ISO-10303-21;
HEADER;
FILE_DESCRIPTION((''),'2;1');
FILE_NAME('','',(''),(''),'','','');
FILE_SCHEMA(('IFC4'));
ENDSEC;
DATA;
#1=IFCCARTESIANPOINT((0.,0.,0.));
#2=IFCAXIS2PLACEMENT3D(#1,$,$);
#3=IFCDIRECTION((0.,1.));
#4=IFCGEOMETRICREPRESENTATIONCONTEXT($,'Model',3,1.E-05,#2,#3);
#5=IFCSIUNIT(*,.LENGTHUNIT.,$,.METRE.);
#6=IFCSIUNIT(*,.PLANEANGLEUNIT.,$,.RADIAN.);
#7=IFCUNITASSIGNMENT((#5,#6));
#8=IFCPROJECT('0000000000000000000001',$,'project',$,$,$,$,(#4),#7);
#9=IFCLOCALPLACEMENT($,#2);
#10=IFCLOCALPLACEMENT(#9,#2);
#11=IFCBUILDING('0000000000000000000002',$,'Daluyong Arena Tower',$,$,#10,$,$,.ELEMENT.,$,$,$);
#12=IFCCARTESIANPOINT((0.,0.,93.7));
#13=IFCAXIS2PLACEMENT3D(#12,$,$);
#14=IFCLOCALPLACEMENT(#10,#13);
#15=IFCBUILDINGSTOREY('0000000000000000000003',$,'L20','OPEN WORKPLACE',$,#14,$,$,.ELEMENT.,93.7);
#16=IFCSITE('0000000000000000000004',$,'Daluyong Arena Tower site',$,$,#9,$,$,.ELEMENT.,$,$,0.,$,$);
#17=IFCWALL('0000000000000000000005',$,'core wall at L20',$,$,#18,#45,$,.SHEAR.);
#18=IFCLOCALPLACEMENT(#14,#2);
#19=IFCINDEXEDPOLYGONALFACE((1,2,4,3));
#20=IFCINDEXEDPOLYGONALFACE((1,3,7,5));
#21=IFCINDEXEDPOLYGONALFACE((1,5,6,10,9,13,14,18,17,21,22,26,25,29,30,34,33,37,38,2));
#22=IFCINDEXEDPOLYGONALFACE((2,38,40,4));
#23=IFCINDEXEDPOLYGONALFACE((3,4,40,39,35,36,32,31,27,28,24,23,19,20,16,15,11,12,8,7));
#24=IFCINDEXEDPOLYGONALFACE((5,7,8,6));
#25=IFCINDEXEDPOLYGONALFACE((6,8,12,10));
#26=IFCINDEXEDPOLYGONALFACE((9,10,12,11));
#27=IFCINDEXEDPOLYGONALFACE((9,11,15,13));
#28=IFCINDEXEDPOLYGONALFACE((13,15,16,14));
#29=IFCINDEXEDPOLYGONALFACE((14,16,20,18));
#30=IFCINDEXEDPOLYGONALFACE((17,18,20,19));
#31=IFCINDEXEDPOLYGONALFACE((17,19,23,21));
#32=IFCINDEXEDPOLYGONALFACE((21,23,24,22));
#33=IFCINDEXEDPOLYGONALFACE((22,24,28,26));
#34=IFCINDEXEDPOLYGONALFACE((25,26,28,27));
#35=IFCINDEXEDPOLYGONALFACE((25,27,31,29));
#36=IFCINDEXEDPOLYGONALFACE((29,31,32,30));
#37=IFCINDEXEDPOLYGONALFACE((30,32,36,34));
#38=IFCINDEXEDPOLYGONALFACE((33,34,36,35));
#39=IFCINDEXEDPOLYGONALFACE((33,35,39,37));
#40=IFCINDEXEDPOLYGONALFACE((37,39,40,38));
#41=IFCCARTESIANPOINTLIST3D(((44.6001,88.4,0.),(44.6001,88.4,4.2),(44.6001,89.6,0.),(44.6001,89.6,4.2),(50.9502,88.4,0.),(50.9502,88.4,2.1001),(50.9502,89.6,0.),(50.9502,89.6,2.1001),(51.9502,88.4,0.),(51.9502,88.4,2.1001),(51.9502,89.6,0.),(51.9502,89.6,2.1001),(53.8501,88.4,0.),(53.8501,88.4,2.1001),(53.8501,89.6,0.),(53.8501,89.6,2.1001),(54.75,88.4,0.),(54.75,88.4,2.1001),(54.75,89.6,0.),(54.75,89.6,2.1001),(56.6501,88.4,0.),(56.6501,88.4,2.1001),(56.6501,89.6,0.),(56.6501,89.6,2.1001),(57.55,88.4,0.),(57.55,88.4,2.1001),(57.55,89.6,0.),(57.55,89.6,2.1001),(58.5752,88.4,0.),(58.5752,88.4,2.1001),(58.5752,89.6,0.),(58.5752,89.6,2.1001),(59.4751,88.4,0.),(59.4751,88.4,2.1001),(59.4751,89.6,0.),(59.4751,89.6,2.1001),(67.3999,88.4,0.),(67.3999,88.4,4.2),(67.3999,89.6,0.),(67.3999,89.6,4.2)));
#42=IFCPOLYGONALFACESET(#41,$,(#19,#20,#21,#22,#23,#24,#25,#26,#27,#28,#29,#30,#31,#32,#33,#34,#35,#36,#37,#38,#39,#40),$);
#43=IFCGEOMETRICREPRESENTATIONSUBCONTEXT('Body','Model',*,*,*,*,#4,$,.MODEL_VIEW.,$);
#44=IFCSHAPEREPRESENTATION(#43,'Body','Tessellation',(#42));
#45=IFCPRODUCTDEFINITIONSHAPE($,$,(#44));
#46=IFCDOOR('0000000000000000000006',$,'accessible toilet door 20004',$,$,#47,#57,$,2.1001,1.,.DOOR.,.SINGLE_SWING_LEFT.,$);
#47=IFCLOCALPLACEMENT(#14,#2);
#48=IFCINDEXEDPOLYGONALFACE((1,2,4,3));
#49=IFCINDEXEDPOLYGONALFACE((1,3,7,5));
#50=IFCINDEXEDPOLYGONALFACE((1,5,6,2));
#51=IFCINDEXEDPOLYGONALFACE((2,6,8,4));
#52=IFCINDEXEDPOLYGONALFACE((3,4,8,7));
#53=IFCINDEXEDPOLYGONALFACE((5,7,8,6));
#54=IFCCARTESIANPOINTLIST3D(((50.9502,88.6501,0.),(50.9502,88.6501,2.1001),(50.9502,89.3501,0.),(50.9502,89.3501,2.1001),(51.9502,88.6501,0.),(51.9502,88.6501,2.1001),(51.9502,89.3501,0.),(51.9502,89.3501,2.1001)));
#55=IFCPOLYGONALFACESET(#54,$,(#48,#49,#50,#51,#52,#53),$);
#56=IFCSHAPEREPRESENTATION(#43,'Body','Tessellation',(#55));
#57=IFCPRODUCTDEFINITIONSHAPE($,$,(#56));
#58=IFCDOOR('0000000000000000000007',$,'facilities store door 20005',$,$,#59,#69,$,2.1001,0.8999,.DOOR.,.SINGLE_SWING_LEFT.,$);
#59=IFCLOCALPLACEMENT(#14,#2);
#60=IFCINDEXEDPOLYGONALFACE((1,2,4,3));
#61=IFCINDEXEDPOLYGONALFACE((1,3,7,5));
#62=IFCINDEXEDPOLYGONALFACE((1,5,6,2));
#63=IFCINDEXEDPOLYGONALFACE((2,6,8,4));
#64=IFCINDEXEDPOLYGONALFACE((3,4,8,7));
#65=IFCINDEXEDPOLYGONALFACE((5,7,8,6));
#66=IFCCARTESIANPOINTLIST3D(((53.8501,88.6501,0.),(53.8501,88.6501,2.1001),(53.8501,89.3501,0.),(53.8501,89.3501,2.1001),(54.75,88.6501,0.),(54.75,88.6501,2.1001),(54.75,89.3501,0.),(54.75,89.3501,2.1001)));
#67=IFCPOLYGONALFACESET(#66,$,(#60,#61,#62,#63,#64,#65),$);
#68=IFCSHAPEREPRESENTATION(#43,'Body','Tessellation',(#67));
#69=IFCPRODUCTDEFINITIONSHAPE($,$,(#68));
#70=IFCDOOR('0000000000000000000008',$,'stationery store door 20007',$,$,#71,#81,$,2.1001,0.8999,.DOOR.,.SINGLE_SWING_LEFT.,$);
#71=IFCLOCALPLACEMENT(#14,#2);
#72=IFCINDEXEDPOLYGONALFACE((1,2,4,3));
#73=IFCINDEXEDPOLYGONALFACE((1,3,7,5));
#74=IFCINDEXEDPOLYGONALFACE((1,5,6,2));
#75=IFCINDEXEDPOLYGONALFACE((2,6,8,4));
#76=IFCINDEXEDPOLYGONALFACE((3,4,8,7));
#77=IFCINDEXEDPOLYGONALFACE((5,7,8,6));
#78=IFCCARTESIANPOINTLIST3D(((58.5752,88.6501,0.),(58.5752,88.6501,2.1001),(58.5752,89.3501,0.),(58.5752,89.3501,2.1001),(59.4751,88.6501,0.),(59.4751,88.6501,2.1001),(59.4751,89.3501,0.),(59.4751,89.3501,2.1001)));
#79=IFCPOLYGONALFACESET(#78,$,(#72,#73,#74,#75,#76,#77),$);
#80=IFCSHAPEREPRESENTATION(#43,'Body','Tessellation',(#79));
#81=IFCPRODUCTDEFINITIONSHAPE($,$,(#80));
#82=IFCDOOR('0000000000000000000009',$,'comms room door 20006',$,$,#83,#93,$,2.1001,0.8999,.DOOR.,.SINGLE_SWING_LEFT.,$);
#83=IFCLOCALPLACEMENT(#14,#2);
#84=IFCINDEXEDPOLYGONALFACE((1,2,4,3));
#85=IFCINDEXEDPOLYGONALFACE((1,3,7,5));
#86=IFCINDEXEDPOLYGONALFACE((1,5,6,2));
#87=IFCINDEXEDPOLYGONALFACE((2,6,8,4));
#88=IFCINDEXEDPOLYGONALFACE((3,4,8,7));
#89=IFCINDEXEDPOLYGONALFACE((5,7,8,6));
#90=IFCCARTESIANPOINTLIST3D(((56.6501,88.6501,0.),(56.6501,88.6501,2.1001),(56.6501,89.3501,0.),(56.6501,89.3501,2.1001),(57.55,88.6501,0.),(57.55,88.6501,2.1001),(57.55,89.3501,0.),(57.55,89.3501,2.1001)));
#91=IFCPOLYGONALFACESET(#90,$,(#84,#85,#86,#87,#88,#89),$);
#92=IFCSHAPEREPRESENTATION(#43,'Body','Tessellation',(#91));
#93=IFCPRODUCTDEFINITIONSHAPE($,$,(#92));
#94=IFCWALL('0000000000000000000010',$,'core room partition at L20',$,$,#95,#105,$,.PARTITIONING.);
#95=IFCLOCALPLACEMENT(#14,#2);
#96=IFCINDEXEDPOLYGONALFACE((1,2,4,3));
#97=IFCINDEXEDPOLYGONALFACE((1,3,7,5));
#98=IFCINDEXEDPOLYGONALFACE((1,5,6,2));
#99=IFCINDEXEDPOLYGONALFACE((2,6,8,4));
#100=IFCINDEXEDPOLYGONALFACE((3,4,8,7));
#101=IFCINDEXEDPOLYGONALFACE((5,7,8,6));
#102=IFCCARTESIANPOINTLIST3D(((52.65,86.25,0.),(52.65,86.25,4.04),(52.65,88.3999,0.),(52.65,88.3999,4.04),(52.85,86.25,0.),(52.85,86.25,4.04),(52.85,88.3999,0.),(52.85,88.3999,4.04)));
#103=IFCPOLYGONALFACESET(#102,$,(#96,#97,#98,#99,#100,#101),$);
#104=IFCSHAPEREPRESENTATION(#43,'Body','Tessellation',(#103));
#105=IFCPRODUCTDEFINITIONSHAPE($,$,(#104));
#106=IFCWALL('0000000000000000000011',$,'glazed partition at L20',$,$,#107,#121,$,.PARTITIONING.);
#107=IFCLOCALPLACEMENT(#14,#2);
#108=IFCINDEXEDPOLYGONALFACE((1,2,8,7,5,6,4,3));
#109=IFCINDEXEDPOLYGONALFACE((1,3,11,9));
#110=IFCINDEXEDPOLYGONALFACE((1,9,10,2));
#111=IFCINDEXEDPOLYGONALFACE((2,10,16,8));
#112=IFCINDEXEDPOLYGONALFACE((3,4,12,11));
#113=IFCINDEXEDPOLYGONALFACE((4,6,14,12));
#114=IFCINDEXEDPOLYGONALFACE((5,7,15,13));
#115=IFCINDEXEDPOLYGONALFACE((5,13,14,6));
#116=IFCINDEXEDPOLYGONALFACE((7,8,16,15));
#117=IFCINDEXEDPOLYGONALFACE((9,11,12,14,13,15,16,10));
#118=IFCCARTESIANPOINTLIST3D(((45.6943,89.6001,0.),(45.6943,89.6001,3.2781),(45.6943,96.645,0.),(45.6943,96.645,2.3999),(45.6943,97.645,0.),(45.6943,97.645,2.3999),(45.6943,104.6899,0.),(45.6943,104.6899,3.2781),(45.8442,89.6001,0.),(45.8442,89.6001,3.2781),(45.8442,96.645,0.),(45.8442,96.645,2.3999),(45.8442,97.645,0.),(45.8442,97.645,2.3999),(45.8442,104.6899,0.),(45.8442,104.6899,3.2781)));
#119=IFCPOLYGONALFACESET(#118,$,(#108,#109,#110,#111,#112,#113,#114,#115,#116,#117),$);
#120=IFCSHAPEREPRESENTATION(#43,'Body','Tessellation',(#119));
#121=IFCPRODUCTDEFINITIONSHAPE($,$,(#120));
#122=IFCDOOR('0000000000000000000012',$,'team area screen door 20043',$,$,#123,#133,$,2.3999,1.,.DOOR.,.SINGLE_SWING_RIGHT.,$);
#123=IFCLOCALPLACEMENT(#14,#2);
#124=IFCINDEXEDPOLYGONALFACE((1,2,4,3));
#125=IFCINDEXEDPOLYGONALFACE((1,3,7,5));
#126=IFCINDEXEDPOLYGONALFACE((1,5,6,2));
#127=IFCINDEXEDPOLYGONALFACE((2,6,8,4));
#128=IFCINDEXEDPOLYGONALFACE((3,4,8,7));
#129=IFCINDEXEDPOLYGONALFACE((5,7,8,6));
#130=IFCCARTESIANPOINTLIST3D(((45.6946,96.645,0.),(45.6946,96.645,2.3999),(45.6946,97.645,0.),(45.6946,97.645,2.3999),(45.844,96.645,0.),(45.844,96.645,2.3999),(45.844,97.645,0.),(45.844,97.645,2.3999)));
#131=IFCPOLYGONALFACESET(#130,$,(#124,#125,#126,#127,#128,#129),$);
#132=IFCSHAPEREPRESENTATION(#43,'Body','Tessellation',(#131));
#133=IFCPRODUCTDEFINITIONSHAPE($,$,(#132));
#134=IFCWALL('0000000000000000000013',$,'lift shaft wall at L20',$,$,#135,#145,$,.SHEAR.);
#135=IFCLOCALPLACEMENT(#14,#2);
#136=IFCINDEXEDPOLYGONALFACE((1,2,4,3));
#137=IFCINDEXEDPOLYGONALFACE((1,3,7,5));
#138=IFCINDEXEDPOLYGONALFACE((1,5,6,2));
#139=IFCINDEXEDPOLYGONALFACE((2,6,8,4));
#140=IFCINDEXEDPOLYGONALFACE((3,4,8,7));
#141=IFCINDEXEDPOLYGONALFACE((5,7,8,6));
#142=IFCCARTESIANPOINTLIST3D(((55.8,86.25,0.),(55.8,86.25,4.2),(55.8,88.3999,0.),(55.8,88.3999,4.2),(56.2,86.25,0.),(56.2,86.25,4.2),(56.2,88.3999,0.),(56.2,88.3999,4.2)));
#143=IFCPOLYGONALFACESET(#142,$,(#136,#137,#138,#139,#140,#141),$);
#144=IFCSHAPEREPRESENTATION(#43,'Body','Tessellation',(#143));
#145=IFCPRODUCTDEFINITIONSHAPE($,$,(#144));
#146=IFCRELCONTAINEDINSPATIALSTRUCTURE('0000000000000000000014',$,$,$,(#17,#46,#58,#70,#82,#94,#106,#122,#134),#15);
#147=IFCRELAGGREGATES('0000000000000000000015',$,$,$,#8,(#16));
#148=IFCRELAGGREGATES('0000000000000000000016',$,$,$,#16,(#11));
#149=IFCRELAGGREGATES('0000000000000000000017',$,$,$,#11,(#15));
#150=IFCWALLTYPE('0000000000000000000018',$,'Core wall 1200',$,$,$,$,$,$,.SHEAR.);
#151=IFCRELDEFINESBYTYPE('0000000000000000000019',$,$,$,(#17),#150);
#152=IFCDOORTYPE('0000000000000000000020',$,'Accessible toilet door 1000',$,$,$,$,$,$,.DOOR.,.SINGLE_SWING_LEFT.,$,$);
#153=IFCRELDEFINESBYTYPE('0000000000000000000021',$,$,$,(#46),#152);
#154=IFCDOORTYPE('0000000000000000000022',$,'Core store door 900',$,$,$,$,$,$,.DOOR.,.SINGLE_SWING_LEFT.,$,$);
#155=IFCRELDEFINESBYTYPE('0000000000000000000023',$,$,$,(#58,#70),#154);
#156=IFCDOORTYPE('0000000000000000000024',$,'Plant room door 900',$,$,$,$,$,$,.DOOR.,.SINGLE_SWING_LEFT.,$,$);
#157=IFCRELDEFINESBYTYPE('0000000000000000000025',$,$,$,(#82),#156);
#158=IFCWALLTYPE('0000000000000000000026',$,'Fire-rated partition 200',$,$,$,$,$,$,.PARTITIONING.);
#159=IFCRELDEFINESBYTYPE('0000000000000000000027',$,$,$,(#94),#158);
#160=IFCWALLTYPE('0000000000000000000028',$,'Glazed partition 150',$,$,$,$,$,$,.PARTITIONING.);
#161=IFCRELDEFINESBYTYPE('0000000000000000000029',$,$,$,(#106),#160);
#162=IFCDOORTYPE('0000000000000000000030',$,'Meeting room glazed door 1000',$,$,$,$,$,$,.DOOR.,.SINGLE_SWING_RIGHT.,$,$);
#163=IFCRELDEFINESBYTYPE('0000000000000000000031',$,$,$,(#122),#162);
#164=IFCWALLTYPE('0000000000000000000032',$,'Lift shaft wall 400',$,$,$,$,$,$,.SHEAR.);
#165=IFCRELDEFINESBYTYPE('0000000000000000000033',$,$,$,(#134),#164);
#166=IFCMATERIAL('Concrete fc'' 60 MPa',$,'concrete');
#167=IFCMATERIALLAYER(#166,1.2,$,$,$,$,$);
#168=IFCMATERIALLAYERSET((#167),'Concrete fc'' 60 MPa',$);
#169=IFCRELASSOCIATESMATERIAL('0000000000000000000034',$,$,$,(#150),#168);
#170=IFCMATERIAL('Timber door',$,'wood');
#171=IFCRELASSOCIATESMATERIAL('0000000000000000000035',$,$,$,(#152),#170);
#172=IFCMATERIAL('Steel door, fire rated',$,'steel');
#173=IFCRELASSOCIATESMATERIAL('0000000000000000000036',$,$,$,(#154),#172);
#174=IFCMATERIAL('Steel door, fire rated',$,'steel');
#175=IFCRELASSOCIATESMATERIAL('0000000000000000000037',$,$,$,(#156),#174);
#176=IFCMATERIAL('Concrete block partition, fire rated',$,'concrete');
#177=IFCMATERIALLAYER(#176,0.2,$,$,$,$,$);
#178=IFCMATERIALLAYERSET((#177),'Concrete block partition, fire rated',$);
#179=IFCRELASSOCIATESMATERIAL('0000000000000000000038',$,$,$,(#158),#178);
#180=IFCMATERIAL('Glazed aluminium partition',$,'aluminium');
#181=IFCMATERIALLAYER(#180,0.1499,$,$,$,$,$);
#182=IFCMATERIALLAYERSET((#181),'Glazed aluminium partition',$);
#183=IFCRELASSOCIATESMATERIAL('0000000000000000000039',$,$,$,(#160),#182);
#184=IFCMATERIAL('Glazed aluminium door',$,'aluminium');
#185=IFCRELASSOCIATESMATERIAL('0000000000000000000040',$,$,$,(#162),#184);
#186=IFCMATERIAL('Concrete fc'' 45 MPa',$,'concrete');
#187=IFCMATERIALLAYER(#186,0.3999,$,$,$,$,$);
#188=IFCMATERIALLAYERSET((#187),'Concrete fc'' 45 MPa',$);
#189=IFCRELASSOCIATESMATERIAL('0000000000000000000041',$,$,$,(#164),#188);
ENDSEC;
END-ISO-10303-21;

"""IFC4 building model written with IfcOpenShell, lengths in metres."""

from ifc_helpers import new_model, si_unit, direction, frame, frame_2d, origin, place, context, subcontext, project, spatial, rectangle, extrude, material, layer, layer_set, type_object, element, fill, save


model = new_model("IFC4")

# Units and contexts
model_context = context("Model", 3, precision=1e-05, world=origin(), true_north=direction((0.0, 1.0)))
body_context = subcontext(model_context, "Body", "Model", "MODEL_VIEW")
ifc_project = project(units=[si_unit("LENGTHUNIT", "METRE"), si_unit("PLANEANGLEUNIT", "RADIAN")], contexts=[model_context])

# Site, building, storey
site_placement = place(None, origin())
site = spatial("IfcSite", under=ifc_project, at=site_placement, Name="Daluyong Arena Tower site", CompositionType="ELEMENT", RefElevation=0.0)
building_placement = place(site_placement, origin())
building = spatial("IfcBuilding", under=site, at=building_placement, Name="Daluyong Arena Tower", CompositionType="ELEMENT")
storey_placement = place(building_placement, frame((0.0, 0.0, 93.7)))
storey = spatial("IfcBuildingStorey", under=building, at=storey_placement, Name="L20", Description="OPEN WORKPLACE", CompositionType="ELEMENT", Elevation=93.7)

# Wall, openings, doors
ifc_material_1 = material(Name="Concrete fc' 60 MPa", Category="concrete")
ifc_layer_1 = layer(ifc_material_1, 1.2)
ifc_layer_set_1 = layer_set([ifc_layer_1], Name="Concrete fc' 60 MPa")
wall_type_1 = type_object("IfcWallType", Name="Core wall 1200", PredefinedType="SHEAR", material=ifc_layer_set_1)
wall_1_placement = place(storey_placement, frame((44.6001, 89.0, 0.0), z_axis=(0.0, 0.0, 1.0), x_axis=(1.0, 0.0, 0.0)))
wall_1 = element("IfcWall", 1, at=wall_1_placement, inside=storey, type_object=wall_type_1, Name="core wall at L20", PredefinedType="SHEAR", context=body_context, shape_type="SweptSolid", body=[
    extrude(rectangle(XDim=22.7998, YDim=1.2, at=frame_2d((11.3999, 0.0))), origin(), (0.0, 0.0, 1.0), 4.2),
])
opening_1_placement = place(wall_1_placement, frame((6.3501, 0.0, 0.0)))
opening_1 = element("IfcOpeningElement", 2, at=opening_1_placement, cuts=wall_1, PredefinedType="OPENING", context=body_context, shape_type="SweptSolid", body=[
    extrude(rectangle(XDim=1.0, YDim=2.1001, at=frame_2d((0.5, 1.05))), frame((0.0, 0.6099, 0.0), z_axis=(0.0, -1.0, 0.0), x_axis=(1.0, 0.0, 0.0)), (0.0, 0.0, 1.0), 1.22),
])
opening_2_placement = place(wall_1_placement, frame((9.25, 0.0, 0.0)))
opening_2 = element("IfcOpeningElement", 3, at=opening_2_placement, cuts=wall_1, PredefinedType="OPENING", context=body_context, shape_type="SweptSolid", body=[
    extrude(rectangle(XDim=0.8999, YDim=2.1001, at=frame_2d((0.45, 1.05))), frame((0.0, 0.6099, 0.0), z_axis=(0.0, -1.0, 0.0), x_axis=(1.0, 0.0, 0.0)), (0.0, 0.0, 1.0), 1.22),
])
opening_3_placement = place(wall_1_placement, frame((12.05, 0.0, 0.0)))
opening_3 = element("IfcOpeningElement", 4, at=opening_3_placement, cuts=wall_1, PredefinedType="OPENING", context=body_context, shape_type="SweptSolid", body=[
    extrude(rectangle(XDim=0.8999, YDim=2.1001, at=frame_2d((0.45, 1.05))), frame((0.0, 0.6099, 0.0), z_axis=(0.0, -1.0, 0.0), x_axis=(1.0, 0.0, 0.0)), (0.0, 0.0, 1.0), 1.22),
])
opening_4_placement = place(wall_1_placement, frame((13.9751, 0.0, 0.0)))
opening_4 = element("IfcOpeningElement", 5, at=opening_4_placement, cuts=wall_1, PredefinedType="OPENING", context=body_context, shape_type="SweptSolid", body=[
    extrude(rectangle(XDim=0.8999, YDim=2.1001, at=frame_2d((0.45, 1.05))), frame((0.0, 0.6099, 0.0), z_axis=(0.0, -1.0, 0.0), x_axis=(1.0, 0.0, 0.0)), (0.0, 0.0, 1.0), 1.22),
])
ifc_material_2 = material(Name="Timber door", Category="wood")
door_type_1 = type_object("IfcDoorType", Name="Accessible toilet door 1000", OperationType="SINGLE_SWING_LEFT", PredefinedType="DOOR", material=ifc_material_2)
door_1_placement = place(opening_1_placement, origin())
door_1 = element("IfcDoor", 6, at=door_1_placement, inside=storey, type_object=door_type_1, Name="accessible toilet door 20004", OperationType="SINGLE_SWING_LEFT", OverallHeight=2.1001, OverallWidth=1.0, PredefinedType="DOOR", context=body_context, shape_type="SweptSolid", body=[
    extrude(rectangle(XDim=1.0, YDim=2.1001, at=frame_2d((0.5, 1.05))), frame((0.0, 0.3501, 0.0), z_axis=(0.0, -1.0, 0.0), x_axis=(1.0, 0.0, 0.0)), (0.0, 0.0, 1.0), 0.7),
])
fill(opening_1, door_1)
ifc_material_3 = material(Name="Steel door, fire rated", Category="steel")
door_type_2 = type_object("IfcDoorType", Name="Core store door 900", OperationType="SINGLE_SWING_LEFT", PredefinedType="DOOR", material=ifc_material_3)
door_2_placement = place(opening_2_placement, origin())
door_2 = element("IfcDoor", 7, at=door_2_placement, inside=storey, type_object=door_type_2, Name="facilities store door 20005", OperationType="SINGLE_SWING_LEFT", OverallHeight=2.1001, OverallWidth=0.8999, PredefinedType="DOOR", context=body_context, shape_type="SweptSolid", body=[
    extrude(rectangle(XDim=0.8999, YDim=2.1001, at=frame_2d((0.45, 1.05))), frame((0.0, 0.3501, 0.0), z_axis=(0.0, -1.0, 0.0), x_axis=(1.0, 0.0, 0.0)), (0.0, 0.0, 1.0), 0.7),
])
fill(opening_2, door_2)
door_3_placement = place(opening_4_placement, origin())
door_3 = element("IfcDoor", 8, at=door_3_placement, inside=storey, type_object=door_type_2, Name="stationery store door 20007", OperationType="SINGLE_SWING_LEFT", OverallHeight=2.1001, OverallWidth=0.8999, PredefinedType="DOOR", context=body_context, shape_type="SweptSolid", body=[
    extrude(rectangle(XDim=0.8999, YDim=2.1001, at=frame_2d((0.45, 1.05))), frame((0.0, 0.3501, 0.0), z_axis=(0.0, -1.0, 0.0), x_axis=(1.0, 0.0, 0.0)), (0.0, 0.0, 1.0), 0.7),
])
fill(opening_4, door_3)
ifc_material_4 = material(Name="Steel door, fire rated", Category="steel")
door_type_3 = type_object("IfcDoorType", Name="Plant room door 900", OperationType="SINGLE_SWING_LEFT", PredefinedType="DOOR", material=ifc_material_4)
door_4_placement = place(opening_3_placement, origin())
door_4 = element("IfcDoor", 9, at=door_4_placement, inside=storey, type_object=door_type_3, Name="comms room door 20006", OperationType="SINGLE_SWING_LEFT", OverallHeight=2.1001, OverallWidth=0.8999, PredefinedType="DOOR", context=body_context, shape_type="SweptSolid", body=[
    extrude(rectangle(XDim=0.8999, YDim=2.1001, at=frame_2d((0.45, 1.05))), frame((0.0, 0.3501, 0.0), z_axis=(0.0, -1.0, 0.0), x_axis=(1.0, 0.0, 0.0)), (0.0, 0.0, 1.0), 0.7),
])
fill(opening_3, door_4)

# Wall
ifc_material_5 = material(Name="Concrete block partition, fire rated", Category="concrete")
ifc_layer_2 = layer(ifc_material_5, 0.2)
ifc_layer_set_2 = layer_set([ifc_layer_2], Name="Concrete block partition, fire rated")
wall_type_2 = type_object("IfcWallType", Name="Fire-rated partition 200", PredefinedType="PARTITIONING", material=ifc_layer_set_2)
wall_2_placement = place(storey_placement, frame((52.75, 86.25, 0.0), z_axis=(0.0, 0.0, 1.0), x_axis=(0.0, 1.0, 0.0)))
element("IfcWall", 10, at=wall_2_placement, inside=storey, type_object=wall_type_2, Name="core room partition at L20", PredefinedType="PARTITIONING", context=body_context, shape_type="SweptSolid", body=[
    extrude(rectangle(XDim=2.1499, YDim=0.2, at=frame_2d((1.075, 0.0))), origin(), (0.0, 0.0, 1.0), 4.04),
])

# Wall, opening, door
ifc_material_6 = material(Name="Glazed aluminium partition", Category="aluminium")
ifc_layer_3 = layer(ifc_material_6, 0.1499)
ifc_layer_set_3 = layer_set([ifc_layer_3], Name="Glazed aluminium partition")
wall_type_3 = type_object("IfcWallType", Name="Glazed partition 150", PredefinedType="PARTITIONING", material=ifc_layer_set_3)
wall_3_placement = place(storey_placement, frame((45.7693, 89.6001, 0.0), z_axis=(0.0, 0.0, 1.0), x_axis=(0.0, 1.0, 0.0)))
wall_3 = element("IfcWall", 11, at=wall_3_placement, inside=storey, type_object=wall_type_3, Name="glazed partition at L20", PredefinedType="PARTITIONING", context=body_context, shape_type="SweptSolid", body=[
    extrude(rectangle(XDim=15.0898, YDim=0.1499, at=frame_2d((7.5449, 0.0))), origin(), (0.0, 0.0, 1.0), 3.2781),
])
opening_5_placement = place(wall_3_placement, frame((7.0449, 0.0, 0.0)))
opening_5 = element("IfcOpeningElement", 12, at=opening_5_placement, cuts=wall_3, PredefinedType="OPENING", context=body_context, shape_type="SweptSolid", body=[
    extrude(rectangle(XDim=1.0, YDim=2.3999, at=frame_2d((0.5, 1.2))), frame((0.0, 0.085, 0.0), z_axis=(0.0, -1.0, 0.0), x_axis=(1.0, 0.0, 0.0)), (0.0, 0.0, 1.0), 0.1699),
])
ifc_material_7 = material(Name="Glazed aluminium door", Category="aluminium")
door_type_4 = type_object("IfcDoorType", Name="Meeting room glazed door 1000", OperationType="SINGLE_SWING_RIGHT", PredefinedType="DOOR", material=ifc_material_7)
door_5_placement = place(opening_5_placement, origin())
door_5 = element("IfcDoor", 13, at=door_5_placement, inside=storey, type_object=door_type_4, Name="team area screen door 20043", OperationType="SINGLE_SWING_RIGHT", OverallHeight=2.3999, OverallWidth=1.0, PredefinedType="DOOR", context=body_context, shape_type="SweptSolid", body=[
    extrude(rectangle(XDim=1.0, YDim=2.3999, at=frame_2d((0.5, 1.2))), frame((0.0, 0.0747, 0.0), z_axis=(0.0, -1.0, 0.0), x_axis=(1.0, 0.0, 0.0)), (0.0, 0.0, 1.0), 0.1494),
])
fill(opening_5, door_5)

# Wall
ifc_material_8 = material(Name="Concrete fc' 45 MPa", Category="concrete")
ifc_layer_4 = layer(ifc_material_8, 0.3999)
ifc_layer_set_4 = layer_set([ifc_layer_4], Name="Concrete fc' 45 MPa")
wall_type_4 = type_object("IfcWallType", Name="Lift shaft wall 400", PredefinedType="SHEAR", material=ifc_layer_set_4)
wall_4_placement = place(storey_placement, frame((56.0, 86.25, 0.0), z_axis=(0.0, 0.0, 1.0), x_axis=(0.0, 1.0, 0.0)))
element("IfcWall", 14, at=wall_4_placement, inside=storey, type_object=wall_type_4, Name="lift shaft wall at L20", PredefinedType="SHEAR", context=body_context, shape_type="SweptSolid", body=[
    extrude(rectangle(XDim=2.1499, YDim=0.3999, at=frame_2d((1.075, 0.0))), origin(), (0.0, 0.0, 1.0), 4.2),
])

save(model, "model.ifc")
